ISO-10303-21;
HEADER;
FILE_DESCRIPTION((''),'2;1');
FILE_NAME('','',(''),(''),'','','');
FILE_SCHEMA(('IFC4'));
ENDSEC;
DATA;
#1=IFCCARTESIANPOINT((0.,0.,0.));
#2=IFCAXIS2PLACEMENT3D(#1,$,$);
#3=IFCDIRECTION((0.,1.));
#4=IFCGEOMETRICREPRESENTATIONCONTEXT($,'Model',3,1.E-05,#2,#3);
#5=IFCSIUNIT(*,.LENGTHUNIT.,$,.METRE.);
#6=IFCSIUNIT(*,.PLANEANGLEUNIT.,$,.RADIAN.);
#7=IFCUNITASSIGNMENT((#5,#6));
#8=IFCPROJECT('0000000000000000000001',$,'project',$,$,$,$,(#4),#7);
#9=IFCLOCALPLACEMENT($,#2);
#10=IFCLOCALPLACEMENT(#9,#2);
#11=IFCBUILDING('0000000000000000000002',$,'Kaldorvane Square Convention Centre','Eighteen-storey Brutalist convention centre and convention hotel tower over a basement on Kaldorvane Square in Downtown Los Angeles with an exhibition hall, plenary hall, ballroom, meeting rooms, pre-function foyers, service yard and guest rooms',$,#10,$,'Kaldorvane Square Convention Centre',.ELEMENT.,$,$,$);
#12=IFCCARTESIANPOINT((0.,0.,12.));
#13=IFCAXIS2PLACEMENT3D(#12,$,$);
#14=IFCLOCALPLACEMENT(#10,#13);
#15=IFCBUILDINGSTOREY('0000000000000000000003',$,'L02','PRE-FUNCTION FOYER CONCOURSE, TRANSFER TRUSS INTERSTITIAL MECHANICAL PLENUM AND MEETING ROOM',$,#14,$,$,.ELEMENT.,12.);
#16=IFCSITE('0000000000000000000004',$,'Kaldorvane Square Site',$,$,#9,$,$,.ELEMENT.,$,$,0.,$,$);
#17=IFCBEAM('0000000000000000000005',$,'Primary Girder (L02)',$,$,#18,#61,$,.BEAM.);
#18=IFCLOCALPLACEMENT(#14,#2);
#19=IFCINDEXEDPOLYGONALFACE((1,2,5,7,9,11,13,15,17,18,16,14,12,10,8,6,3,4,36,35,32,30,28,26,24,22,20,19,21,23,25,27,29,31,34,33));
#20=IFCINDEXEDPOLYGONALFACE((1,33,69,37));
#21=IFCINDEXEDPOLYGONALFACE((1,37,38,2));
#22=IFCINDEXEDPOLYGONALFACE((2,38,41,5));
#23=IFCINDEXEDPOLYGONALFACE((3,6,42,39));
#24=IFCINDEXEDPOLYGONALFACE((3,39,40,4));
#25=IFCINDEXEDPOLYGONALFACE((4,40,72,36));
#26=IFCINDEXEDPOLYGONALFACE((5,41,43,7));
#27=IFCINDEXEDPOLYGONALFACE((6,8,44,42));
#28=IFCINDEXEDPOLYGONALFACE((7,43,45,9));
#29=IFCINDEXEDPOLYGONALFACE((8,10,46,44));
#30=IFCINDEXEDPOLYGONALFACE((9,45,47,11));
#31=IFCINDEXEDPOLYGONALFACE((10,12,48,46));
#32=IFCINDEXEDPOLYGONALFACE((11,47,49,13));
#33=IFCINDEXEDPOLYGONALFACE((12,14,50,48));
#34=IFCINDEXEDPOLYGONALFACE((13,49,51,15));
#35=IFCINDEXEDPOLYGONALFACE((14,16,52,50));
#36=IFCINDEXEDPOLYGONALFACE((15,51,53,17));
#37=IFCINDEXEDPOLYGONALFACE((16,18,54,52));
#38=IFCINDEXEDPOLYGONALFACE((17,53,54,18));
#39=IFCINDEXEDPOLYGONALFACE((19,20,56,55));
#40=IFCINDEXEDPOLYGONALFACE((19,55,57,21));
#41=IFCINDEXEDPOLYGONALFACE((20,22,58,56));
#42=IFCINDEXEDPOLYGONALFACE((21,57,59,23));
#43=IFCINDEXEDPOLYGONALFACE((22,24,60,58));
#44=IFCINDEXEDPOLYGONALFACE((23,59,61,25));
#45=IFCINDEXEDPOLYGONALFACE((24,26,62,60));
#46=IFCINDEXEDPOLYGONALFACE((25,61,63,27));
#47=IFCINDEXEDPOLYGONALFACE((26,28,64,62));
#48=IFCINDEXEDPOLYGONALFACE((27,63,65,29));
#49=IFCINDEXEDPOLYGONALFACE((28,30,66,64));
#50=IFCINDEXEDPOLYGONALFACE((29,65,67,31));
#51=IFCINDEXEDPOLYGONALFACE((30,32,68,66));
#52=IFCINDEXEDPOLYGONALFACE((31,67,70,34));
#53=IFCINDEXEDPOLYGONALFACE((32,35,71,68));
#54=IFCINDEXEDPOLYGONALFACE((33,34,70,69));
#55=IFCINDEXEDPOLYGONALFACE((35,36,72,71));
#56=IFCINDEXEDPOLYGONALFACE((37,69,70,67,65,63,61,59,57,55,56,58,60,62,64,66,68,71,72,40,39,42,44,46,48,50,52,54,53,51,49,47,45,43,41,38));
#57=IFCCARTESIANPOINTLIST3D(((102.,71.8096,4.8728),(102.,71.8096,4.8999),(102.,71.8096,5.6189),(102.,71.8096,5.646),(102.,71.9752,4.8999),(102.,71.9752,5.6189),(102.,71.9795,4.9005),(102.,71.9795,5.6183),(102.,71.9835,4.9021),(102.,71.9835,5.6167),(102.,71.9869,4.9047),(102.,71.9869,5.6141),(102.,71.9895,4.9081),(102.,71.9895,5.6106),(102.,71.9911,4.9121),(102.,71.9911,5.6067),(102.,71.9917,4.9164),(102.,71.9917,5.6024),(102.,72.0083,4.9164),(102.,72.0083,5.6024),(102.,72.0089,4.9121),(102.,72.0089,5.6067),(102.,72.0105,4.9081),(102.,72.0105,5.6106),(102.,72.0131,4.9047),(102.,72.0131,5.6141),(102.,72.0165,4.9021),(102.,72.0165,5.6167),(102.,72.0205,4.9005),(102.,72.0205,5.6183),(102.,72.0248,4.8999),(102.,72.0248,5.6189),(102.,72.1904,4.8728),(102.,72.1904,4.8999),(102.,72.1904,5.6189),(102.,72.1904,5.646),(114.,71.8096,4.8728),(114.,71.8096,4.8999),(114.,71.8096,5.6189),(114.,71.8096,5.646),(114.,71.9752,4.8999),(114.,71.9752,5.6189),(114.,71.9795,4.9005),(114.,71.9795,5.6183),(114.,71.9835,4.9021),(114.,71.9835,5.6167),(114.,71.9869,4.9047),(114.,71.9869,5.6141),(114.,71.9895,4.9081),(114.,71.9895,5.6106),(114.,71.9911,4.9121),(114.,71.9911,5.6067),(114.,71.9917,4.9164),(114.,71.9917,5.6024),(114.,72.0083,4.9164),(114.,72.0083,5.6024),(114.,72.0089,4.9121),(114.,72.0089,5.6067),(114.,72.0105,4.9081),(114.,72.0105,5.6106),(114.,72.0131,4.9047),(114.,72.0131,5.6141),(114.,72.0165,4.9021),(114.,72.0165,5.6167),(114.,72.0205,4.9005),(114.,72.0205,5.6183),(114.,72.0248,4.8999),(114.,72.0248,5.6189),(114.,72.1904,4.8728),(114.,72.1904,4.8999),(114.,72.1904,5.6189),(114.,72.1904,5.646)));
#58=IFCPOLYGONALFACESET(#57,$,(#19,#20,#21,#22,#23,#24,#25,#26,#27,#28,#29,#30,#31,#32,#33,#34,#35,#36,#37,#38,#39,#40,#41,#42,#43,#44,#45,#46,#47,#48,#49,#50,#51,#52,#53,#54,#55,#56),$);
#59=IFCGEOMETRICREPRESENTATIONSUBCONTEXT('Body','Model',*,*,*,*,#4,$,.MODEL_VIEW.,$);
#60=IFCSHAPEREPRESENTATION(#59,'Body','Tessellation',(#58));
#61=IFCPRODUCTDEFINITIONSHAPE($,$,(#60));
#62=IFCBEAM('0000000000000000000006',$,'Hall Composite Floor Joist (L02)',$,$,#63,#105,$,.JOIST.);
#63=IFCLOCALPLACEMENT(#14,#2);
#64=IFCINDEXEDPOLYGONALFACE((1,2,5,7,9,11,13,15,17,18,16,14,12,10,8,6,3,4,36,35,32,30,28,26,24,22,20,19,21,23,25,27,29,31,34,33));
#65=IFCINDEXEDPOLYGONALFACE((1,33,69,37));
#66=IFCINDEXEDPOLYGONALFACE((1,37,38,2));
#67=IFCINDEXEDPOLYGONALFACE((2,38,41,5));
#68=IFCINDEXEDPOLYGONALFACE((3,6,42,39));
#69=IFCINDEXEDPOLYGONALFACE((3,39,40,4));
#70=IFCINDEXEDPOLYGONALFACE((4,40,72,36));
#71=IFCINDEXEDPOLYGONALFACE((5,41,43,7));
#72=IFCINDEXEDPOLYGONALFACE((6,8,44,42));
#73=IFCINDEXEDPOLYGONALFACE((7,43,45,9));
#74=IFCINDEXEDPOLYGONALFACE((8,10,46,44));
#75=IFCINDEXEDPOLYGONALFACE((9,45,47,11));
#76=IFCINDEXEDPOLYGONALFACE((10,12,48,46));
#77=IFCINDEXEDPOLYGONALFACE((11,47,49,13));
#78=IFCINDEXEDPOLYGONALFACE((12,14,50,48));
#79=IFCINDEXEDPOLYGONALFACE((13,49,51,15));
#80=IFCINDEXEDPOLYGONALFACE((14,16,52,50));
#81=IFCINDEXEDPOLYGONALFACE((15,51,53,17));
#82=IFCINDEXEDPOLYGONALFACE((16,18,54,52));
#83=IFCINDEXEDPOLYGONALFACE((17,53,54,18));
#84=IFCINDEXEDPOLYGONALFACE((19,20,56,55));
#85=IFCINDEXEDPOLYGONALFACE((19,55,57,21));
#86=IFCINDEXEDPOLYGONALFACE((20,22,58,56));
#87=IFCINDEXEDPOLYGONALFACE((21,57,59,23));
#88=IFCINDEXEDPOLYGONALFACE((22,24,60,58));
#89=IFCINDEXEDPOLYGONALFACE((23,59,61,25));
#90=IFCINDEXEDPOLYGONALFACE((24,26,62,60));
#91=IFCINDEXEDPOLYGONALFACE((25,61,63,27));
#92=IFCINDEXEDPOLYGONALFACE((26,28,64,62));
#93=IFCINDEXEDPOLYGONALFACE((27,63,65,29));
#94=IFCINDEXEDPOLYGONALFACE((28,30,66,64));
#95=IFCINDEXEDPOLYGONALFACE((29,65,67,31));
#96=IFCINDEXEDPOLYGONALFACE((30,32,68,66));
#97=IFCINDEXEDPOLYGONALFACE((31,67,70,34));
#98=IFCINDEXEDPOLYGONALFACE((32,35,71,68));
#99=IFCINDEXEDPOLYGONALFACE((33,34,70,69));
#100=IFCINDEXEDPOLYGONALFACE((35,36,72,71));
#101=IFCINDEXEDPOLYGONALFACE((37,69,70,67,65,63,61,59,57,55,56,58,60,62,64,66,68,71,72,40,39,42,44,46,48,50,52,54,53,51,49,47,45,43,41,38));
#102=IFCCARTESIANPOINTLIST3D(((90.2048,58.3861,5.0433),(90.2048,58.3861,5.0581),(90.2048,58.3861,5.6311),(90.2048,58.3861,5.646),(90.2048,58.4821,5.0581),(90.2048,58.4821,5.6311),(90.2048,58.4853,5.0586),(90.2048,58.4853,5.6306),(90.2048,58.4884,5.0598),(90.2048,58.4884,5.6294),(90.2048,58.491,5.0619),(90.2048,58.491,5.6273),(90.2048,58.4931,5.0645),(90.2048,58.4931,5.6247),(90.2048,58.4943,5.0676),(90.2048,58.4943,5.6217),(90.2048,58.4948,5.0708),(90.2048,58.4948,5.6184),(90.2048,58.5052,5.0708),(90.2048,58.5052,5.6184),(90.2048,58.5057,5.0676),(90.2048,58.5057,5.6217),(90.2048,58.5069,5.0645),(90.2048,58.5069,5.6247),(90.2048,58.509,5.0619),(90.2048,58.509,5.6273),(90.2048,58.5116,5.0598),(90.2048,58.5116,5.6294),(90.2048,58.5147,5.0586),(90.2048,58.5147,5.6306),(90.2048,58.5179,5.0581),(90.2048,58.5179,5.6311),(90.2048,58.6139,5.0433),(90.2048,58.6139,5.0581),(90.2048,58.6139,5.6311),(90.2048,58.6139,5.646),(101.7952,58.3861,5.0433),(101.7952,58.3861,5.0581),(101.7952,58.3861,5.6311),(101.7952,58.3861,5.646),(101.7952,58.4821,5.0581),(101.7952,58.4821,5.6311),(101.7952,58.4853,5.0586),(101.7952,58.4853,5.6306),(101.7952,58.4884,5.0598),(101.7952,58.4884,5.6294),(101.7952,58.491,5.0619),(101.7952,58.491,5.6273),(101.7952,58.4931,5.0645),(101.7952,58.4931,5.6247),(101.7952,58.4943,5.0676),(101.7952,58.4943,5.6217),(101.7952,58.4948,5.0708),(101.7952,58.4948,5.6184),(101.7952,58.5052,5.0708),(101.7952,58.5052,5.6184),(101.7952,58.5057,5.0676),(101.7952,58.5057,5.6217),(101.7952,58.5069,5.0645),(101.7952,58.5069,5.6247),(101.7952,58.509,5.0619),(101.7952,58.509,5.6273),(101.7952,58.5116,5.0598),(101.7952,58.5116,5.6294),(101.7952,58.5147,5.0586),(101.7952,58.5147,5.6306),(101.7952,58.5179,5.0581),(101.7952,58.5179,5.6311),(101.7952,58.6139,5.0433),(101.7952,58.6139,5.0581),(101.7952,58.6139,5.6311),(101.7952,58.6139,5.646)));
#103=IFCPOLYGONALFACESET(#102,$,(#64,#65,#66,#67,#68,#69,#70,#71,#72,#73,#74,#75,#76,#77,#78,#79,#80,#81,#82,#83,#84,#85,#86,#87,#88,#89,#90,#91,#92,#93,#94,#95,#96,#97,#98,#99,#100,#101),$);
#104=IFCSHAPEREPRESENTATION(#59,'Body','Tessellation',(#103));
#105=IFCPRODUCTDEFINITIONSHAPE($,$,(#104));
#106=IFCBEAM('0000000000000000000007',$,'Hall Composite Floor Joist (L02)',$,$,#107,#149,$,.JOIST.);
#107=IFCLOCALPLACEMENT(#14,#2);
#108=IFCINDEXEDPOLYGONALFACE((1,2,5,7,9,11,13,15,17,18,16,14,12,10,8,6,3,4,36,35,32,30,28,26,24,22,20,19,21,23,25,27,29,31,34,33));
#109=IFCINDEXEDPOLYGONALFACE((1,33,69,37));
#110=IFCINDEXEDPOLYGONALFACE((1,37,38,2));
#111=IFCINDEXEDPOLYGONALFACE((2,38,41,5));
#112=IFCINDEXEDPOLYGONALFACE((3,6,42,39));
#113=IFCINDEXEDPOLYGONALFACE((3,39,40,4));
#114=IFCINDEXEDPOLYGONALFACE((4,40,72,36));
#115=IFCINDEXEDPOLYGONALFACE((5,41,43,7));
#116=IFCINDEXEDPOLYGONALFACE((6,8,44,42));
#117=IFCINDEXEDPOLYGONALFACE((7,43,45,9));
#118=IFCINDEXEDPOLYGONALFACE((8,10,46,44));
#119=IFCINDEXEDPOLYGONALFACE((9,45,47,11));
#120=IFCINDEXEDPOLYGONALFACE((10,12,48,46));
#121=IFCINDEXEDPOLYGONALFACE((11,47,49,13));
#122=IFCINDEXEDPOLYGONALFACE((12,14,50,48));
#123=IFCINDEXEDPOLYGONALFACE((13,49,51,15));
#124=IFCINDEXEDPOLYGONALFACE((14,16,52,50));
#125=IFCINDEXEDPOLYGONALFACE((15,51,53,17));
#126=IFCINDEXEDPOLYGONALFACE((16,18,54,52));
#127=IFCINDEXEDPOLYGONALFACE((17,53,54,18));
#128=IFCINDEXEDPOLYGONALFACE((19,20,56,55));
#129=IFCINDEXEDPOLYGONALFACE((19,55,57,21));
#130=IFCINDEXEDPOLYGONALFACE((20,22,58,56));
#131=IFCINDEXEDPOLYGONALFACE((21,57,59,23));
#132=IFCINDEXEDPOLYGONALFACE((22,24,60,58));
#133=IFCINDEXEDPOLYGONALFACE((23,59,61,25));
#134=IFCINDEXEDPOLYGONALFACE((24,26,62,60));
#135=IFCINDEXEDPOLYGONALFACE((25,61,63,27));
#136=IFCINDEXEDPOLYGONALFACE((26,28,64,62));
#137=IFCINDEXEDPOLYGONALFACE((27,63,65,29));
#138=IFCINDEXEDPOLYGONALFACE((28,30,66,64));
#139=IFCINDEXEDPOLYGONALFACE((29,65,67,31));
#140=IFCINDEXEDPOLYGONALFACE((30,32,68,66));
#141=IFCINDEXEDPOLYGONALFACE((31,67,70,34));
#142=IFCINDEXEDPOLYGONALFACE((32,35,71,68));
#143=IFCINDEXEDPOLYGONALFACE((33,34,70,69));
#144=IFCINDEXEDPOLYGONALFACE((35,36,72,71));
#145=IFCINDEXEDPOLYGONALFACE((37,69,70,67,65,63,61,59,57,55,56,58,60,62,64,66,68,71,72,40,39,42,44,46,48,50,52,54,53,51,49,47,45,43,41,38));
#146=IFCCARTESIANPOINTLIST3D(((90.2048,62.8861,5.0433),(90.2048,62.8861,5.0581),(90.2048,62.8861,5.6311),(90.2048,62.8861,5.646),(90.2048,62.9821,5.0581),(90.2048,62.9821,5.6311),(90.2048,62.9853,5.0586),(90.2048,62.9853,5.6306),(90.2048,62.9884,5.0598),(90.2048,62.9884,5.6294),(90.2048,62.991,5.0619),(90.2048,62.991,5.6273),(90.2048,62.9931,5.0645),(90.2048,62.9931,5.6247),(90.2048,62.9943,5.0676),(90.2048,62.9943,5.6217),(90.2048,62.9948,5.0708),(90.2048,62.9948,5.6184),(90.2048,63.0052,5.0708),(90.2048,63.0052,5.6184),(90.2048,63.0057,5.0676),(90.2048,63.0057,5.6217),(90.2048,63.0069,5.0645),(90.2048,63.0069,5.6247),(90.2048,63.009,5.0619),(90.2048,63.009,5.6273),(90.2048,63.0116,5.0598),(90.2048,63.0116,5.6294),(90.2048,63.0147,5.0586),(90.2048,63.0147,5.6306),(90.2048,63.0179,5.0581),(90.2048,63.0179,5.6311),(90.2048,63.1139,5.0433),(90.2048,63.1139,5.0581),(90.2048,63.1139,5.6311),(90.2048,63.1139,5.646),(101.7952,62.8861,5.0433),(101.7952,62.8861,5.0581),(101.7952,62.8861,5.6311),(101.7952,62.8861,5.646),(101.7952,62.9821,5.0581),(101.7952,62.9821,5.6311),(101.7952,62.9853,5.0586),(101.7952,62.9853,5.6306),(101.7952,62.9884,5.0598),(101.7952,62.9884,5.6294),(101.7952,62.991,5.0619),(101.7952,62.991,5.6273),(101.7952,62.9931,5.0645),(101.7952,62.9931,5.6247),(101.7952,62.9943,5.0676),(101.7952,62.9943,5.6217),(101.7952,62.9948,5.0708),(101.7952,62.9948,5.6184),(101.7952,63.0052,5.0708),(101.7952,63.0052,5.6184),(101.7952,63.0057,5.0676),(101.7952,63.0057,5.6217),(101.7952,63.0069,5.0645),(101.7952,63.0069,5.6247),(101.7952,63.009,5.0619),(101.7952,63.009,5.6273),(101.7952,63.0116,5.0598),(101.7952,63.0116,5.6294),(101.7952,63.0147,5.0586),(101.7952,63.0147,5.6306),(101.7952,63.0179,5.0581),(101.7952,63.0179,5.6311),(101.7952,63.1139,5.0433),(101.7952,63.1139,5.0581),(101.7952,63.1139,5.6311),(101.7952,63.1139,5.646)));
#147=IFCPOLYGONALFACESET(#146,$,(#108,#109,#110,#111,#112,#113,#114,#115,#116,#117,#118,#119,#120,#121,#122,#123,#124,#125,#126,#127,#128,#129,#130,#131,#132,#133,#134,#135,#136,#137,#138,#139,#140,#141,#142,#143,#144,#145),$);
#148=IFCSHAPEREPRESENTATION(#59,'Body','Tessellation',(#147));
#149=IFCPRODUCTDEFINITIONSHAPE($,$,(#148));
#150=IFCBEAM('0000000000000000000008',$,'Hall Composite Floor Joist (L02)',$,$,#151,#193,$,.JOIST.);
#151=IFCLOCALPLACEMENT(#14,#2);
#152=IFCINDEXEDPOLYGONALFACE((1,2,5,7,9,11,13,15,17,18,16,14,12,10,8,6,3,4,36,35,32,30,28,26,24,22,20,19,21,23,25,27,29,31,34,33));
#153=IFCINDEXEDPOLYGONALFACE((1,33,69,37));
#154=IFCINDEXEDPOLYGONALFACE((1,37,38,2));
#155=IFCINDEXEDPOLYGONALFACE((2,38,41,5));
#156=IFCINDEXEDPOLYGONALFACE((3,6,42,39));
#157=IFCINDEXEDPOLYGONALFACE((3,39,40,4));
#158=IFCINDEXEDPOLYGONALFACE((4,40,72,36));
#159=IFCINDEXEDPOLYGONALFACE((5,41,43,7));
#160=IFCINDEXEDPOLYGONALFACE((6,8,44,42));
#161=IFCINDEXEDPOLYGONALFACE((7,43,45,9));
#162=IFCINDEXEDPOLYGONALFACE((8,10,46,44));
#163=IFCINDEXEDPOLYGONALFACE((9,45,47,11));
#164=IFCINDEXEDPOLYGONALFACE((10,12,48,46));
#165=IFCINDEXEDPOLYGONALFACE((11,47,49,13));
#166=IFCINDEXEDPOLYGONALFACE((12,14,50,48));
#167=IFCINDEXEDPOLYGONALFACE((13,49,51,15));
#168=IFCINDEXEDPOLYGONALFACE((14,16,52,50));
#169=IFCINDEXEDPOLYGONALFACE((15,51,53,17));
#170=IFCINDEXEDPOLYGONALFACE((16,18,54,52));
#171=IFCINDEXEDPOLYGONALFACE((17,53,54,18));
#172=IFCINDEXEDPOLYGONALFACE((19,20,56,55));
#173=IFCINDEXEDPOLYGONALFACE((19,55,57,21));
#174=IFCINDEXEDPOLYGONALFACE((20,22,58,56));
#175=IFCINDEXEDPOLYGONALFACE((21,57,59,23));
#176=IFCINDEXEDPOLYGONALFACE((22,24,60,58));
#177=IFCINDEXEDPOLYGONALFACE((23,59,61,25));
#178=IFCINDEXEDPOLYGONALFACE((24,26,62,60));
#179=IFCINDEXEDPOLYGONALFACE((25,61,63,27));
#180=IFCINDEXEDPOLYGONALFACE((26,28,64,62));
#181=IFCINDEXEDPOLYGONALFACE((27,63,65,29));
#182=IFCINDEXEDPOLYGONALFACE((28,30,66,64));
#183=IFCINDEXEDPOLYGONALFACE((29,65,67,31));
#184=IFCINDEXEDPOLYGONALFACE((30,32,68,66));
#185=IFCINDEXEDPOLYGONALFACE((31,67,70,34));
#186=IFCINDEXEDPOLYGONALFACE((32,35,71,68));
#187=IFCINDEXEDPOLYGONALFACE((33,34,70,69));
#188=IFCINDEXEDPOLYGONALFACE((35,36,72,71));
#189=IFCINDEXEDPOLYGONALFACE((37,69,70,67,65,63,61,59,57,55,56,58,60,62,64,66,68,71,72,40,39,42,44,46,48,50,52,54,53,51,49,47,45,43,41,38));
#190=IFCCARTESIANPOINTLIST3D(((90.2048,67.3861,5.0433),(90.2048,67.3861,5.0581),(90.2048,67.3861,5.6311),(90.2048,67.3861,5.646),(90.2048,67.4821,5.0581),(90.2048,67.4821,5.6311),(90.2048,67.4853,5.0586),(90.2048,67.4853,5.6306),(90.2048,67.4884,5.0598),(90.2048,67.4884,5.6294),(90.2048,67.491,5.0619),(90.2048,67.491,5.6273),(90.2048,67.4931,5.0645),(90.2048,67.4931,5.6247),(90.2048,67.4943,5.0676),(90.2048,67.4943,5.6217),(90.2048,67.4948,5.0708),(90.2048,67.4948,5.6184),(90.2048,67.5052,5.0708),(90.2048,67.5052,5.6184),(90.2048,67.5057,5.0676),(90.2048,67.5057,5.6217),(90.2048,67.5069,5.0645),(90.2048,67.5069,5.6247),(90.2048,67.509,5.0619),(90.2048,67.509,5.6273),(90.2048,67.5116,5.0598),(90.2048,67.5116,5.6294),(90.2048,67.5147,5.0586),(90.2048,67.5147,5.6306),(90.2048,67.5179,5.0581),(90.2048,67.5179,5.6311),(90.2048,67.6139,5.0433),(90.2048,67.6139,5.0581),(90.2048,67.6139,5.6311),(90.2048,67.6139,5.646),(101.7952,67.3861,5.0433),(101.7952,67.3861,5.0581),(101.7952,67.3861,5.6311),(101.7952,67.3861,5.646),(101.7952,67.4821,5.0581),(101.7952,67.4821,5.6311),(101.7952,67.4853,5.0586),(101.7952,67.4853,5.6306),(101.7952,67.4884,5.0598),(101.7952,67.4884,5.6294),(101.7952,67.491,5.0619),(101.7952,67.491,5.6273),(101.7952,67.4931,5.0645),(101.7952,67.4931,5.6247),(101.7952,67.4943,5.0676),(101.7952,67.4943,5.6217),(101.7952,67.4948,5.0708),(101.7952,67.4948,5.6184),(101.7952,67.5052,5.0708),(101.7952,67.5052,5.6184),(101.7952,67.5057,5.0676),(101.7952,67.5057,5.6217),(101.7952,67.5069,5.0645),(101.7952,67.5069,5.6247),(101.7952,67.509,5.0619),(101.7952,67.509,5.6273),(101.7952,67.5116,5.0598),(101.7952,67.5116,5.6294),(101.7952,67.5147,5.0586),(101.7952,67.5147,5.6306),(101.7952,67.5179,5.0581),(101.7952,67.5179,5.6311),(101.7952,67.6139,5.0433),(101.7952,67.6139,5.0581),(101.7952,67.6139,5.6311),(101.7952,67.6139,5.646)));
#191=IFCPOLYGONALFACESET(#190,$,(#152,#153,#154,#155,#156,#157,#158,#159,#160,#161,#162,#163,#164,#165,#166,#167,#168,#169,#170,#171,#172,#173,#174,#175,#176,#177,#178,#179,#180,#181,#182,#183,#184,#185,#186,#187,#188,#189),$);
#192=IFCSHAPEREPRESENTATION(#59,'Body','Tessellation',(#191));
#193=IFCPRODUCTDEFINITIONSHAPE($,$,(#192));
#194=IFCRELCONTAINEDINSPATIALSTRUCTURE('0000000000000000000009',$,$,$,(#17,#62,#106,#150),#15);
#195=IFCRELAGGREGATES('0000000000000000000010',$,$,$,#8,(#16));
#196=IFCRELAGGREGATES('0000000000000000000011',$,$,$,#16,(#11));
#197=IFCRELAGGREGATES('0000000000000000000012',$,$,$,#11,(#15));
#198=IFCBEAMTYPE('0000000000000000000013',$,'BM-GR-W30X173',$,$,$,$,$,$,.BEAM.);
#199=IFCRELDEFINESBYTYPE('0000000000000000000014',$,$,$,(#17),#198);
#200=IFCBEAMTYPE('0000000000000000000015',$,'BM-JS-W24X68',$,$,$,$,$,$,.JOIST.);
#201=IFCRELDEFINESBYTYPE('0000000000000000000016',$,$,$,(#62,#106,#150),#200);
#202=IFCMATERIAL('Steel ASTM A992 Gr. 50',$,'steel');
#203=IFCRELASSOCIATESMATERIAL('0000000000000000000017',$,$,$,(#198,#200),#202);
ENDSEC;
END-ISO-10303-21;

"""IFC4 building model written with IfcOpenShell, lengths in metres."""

from ifc_helpers import new_model, si_unit, direction, frame, origin, origin_2d, place, context, subcontext, project, spatial, i_section, extrude, material, material_profile, profile_set, type_object, element, save


model = new_model("IFC4")

# Units and contexts
model_context = context("Model", 3, precision=1e-05, world=origin(), true_north=direction((0.0, 1.0)))
body_context = subcontext(model_context, "Body", "Model", "MODEL_VIEW")
ifc_project = project(units=[si_unit("LENGTHUNIT", "METRE"), si_unit("PLANEANGLEUNIT", "RADIAN")], contexts=[model_context])

# Site, building, storey
site_placement = place(None, origin())
site = spatial("IfcSite", under=ifc_project, at=site_placement, Name="Kaldorvane Square Site", CompositionType="ELEMENT", RefElevation=0.0)
building_placement = place(site_placement, origin())
building = spatial("IfcBuilding", under=site, at=building_placement, Name="Kaldorvane Square Convention Centre", Description="Eighteen-storey Brutalist convention centre and convention hotel tower over a basement on Kaldorvane Square in Downtown Los Angeles with an exhibition hall, plenary hall, ballroom, meeting rooms, pre-function foyers, service yard and guest rooms", LongName="Kaldorvane Square Convention Centre", CompositionType="ELEMENT")
storey_placement = place(building_placement, frame((0.0, 0.0, 12.0)))
storey = spatial("IfcBuildingStorey", under=building, at=storey_placement, Name="L02", Description="PRE-FUNCTION FOYER CONCOURSE, TRANSFER TRUSS INTERSTITIAL MECHANICAL PLENUM AND MEETING ROOM", CompositionType="ELEMENT", Elevation=12.0)

# Beams
ifc_material_1 = material(Name="Steel ASTM A992 Gr. 50", Category="steel")
ifc_material_profile_1 = material_profile(ifc_material_1, i_section(OverallWidth=0.3807, OverallDepth=0.7732, WebThickness=0.0166, FlangeThickness=0.0271, FilletRadius=0.0165, at=origin_2d()), Name="W30X173")
ifc_profile_set_1 = profile_set([ifc_material_profile_1], Name="Steel ASTM A992 Gr. 50")
beam_type_1 = type_object("IfcBeamType", Name="BM-GR-W30X173", PredefinedType="BEAM", material=ifc_profile_set_1)
beam_1_placement = place(storey_placement, frame((102.0, 72.0, 5.2594), z_axis=(1.0, 0.0, 0.0), x_axis=(0.0, 1.0, 0.0)))
element("IfcBeam", 1, at=beam_1_placement, inside=storey, type_object=beam_type_1, Name="Primary Girder (L02)", PredefinedType="BEAM", context=body_context, shape_type="SweptSolid", body=[
    extrude(i_section(OverallWidth=0.3807, OverallDepth=0.7732, WebThickness=0.0166, FlangeThickness=0.0271, FilletRadius=0.0165, at=origin_2d()), origin(), (0.0, 0.0, 1.0), 12.0),
])
ifc_material_profile_2 = material_profile(ifc_material_1, i_section(OverallWidth=0.2277, OverallDepth=0.6027, WebThickness=0.0105, FlangeThickness=0.0149, FilletRadius=0.0127, at=origin_2d()), Name="W24X68")
ifc_profile_set_2 = profile_set([ifc_material_profile_2], Name="Steel ASTM A992 Gr. 50")
beam_type_2 = type_object("IfcBeamType", Name="BM-JS-W24X68", PredefinedType="JOIST", material=ifc_profile_set_2)
for number, where, z_axis, x_axis, name in (
    (2, (90.2048, 58.5, 5.3446), (1.0, 0.0, 0.0), (0.0, 1.0, 0.0), "Hall Composite Floor Joist (L02)"),
    (3, (90.2048, 63.0, 5.3446), (1.0, 0.0, 0.0), (0.0, 1.0, 0.0), "Hall Composite Floor Joist (L02)"),
    (4, (90.2048, 67.5, 5.3446), (1.0, 0.0, 0.0), (0.0, 1.0, 0.0), "Hall Composite Floor Joist (L02)"),
):
    element("IfcBeam", number, at=place(storey_placement, frame(where, z_axis=z_axis, x_axis=x_axis)), inside=storey, type_object=beam_type_2, Name=name, PredefinedType="JOIST", context=body_context, shape_type="SweptSolid", body=[
        extrude(i_section(OverallWidth=0.2277, OverallDepth=0.6027, WebThickness=0.0105, FlangeThickness=0.0149, FilletRadius=0.0127, at=origin_2d()), origin(), (0.0, 0.0, 1.0), 11.5904),
    ])

save(model, "model.ifc")
